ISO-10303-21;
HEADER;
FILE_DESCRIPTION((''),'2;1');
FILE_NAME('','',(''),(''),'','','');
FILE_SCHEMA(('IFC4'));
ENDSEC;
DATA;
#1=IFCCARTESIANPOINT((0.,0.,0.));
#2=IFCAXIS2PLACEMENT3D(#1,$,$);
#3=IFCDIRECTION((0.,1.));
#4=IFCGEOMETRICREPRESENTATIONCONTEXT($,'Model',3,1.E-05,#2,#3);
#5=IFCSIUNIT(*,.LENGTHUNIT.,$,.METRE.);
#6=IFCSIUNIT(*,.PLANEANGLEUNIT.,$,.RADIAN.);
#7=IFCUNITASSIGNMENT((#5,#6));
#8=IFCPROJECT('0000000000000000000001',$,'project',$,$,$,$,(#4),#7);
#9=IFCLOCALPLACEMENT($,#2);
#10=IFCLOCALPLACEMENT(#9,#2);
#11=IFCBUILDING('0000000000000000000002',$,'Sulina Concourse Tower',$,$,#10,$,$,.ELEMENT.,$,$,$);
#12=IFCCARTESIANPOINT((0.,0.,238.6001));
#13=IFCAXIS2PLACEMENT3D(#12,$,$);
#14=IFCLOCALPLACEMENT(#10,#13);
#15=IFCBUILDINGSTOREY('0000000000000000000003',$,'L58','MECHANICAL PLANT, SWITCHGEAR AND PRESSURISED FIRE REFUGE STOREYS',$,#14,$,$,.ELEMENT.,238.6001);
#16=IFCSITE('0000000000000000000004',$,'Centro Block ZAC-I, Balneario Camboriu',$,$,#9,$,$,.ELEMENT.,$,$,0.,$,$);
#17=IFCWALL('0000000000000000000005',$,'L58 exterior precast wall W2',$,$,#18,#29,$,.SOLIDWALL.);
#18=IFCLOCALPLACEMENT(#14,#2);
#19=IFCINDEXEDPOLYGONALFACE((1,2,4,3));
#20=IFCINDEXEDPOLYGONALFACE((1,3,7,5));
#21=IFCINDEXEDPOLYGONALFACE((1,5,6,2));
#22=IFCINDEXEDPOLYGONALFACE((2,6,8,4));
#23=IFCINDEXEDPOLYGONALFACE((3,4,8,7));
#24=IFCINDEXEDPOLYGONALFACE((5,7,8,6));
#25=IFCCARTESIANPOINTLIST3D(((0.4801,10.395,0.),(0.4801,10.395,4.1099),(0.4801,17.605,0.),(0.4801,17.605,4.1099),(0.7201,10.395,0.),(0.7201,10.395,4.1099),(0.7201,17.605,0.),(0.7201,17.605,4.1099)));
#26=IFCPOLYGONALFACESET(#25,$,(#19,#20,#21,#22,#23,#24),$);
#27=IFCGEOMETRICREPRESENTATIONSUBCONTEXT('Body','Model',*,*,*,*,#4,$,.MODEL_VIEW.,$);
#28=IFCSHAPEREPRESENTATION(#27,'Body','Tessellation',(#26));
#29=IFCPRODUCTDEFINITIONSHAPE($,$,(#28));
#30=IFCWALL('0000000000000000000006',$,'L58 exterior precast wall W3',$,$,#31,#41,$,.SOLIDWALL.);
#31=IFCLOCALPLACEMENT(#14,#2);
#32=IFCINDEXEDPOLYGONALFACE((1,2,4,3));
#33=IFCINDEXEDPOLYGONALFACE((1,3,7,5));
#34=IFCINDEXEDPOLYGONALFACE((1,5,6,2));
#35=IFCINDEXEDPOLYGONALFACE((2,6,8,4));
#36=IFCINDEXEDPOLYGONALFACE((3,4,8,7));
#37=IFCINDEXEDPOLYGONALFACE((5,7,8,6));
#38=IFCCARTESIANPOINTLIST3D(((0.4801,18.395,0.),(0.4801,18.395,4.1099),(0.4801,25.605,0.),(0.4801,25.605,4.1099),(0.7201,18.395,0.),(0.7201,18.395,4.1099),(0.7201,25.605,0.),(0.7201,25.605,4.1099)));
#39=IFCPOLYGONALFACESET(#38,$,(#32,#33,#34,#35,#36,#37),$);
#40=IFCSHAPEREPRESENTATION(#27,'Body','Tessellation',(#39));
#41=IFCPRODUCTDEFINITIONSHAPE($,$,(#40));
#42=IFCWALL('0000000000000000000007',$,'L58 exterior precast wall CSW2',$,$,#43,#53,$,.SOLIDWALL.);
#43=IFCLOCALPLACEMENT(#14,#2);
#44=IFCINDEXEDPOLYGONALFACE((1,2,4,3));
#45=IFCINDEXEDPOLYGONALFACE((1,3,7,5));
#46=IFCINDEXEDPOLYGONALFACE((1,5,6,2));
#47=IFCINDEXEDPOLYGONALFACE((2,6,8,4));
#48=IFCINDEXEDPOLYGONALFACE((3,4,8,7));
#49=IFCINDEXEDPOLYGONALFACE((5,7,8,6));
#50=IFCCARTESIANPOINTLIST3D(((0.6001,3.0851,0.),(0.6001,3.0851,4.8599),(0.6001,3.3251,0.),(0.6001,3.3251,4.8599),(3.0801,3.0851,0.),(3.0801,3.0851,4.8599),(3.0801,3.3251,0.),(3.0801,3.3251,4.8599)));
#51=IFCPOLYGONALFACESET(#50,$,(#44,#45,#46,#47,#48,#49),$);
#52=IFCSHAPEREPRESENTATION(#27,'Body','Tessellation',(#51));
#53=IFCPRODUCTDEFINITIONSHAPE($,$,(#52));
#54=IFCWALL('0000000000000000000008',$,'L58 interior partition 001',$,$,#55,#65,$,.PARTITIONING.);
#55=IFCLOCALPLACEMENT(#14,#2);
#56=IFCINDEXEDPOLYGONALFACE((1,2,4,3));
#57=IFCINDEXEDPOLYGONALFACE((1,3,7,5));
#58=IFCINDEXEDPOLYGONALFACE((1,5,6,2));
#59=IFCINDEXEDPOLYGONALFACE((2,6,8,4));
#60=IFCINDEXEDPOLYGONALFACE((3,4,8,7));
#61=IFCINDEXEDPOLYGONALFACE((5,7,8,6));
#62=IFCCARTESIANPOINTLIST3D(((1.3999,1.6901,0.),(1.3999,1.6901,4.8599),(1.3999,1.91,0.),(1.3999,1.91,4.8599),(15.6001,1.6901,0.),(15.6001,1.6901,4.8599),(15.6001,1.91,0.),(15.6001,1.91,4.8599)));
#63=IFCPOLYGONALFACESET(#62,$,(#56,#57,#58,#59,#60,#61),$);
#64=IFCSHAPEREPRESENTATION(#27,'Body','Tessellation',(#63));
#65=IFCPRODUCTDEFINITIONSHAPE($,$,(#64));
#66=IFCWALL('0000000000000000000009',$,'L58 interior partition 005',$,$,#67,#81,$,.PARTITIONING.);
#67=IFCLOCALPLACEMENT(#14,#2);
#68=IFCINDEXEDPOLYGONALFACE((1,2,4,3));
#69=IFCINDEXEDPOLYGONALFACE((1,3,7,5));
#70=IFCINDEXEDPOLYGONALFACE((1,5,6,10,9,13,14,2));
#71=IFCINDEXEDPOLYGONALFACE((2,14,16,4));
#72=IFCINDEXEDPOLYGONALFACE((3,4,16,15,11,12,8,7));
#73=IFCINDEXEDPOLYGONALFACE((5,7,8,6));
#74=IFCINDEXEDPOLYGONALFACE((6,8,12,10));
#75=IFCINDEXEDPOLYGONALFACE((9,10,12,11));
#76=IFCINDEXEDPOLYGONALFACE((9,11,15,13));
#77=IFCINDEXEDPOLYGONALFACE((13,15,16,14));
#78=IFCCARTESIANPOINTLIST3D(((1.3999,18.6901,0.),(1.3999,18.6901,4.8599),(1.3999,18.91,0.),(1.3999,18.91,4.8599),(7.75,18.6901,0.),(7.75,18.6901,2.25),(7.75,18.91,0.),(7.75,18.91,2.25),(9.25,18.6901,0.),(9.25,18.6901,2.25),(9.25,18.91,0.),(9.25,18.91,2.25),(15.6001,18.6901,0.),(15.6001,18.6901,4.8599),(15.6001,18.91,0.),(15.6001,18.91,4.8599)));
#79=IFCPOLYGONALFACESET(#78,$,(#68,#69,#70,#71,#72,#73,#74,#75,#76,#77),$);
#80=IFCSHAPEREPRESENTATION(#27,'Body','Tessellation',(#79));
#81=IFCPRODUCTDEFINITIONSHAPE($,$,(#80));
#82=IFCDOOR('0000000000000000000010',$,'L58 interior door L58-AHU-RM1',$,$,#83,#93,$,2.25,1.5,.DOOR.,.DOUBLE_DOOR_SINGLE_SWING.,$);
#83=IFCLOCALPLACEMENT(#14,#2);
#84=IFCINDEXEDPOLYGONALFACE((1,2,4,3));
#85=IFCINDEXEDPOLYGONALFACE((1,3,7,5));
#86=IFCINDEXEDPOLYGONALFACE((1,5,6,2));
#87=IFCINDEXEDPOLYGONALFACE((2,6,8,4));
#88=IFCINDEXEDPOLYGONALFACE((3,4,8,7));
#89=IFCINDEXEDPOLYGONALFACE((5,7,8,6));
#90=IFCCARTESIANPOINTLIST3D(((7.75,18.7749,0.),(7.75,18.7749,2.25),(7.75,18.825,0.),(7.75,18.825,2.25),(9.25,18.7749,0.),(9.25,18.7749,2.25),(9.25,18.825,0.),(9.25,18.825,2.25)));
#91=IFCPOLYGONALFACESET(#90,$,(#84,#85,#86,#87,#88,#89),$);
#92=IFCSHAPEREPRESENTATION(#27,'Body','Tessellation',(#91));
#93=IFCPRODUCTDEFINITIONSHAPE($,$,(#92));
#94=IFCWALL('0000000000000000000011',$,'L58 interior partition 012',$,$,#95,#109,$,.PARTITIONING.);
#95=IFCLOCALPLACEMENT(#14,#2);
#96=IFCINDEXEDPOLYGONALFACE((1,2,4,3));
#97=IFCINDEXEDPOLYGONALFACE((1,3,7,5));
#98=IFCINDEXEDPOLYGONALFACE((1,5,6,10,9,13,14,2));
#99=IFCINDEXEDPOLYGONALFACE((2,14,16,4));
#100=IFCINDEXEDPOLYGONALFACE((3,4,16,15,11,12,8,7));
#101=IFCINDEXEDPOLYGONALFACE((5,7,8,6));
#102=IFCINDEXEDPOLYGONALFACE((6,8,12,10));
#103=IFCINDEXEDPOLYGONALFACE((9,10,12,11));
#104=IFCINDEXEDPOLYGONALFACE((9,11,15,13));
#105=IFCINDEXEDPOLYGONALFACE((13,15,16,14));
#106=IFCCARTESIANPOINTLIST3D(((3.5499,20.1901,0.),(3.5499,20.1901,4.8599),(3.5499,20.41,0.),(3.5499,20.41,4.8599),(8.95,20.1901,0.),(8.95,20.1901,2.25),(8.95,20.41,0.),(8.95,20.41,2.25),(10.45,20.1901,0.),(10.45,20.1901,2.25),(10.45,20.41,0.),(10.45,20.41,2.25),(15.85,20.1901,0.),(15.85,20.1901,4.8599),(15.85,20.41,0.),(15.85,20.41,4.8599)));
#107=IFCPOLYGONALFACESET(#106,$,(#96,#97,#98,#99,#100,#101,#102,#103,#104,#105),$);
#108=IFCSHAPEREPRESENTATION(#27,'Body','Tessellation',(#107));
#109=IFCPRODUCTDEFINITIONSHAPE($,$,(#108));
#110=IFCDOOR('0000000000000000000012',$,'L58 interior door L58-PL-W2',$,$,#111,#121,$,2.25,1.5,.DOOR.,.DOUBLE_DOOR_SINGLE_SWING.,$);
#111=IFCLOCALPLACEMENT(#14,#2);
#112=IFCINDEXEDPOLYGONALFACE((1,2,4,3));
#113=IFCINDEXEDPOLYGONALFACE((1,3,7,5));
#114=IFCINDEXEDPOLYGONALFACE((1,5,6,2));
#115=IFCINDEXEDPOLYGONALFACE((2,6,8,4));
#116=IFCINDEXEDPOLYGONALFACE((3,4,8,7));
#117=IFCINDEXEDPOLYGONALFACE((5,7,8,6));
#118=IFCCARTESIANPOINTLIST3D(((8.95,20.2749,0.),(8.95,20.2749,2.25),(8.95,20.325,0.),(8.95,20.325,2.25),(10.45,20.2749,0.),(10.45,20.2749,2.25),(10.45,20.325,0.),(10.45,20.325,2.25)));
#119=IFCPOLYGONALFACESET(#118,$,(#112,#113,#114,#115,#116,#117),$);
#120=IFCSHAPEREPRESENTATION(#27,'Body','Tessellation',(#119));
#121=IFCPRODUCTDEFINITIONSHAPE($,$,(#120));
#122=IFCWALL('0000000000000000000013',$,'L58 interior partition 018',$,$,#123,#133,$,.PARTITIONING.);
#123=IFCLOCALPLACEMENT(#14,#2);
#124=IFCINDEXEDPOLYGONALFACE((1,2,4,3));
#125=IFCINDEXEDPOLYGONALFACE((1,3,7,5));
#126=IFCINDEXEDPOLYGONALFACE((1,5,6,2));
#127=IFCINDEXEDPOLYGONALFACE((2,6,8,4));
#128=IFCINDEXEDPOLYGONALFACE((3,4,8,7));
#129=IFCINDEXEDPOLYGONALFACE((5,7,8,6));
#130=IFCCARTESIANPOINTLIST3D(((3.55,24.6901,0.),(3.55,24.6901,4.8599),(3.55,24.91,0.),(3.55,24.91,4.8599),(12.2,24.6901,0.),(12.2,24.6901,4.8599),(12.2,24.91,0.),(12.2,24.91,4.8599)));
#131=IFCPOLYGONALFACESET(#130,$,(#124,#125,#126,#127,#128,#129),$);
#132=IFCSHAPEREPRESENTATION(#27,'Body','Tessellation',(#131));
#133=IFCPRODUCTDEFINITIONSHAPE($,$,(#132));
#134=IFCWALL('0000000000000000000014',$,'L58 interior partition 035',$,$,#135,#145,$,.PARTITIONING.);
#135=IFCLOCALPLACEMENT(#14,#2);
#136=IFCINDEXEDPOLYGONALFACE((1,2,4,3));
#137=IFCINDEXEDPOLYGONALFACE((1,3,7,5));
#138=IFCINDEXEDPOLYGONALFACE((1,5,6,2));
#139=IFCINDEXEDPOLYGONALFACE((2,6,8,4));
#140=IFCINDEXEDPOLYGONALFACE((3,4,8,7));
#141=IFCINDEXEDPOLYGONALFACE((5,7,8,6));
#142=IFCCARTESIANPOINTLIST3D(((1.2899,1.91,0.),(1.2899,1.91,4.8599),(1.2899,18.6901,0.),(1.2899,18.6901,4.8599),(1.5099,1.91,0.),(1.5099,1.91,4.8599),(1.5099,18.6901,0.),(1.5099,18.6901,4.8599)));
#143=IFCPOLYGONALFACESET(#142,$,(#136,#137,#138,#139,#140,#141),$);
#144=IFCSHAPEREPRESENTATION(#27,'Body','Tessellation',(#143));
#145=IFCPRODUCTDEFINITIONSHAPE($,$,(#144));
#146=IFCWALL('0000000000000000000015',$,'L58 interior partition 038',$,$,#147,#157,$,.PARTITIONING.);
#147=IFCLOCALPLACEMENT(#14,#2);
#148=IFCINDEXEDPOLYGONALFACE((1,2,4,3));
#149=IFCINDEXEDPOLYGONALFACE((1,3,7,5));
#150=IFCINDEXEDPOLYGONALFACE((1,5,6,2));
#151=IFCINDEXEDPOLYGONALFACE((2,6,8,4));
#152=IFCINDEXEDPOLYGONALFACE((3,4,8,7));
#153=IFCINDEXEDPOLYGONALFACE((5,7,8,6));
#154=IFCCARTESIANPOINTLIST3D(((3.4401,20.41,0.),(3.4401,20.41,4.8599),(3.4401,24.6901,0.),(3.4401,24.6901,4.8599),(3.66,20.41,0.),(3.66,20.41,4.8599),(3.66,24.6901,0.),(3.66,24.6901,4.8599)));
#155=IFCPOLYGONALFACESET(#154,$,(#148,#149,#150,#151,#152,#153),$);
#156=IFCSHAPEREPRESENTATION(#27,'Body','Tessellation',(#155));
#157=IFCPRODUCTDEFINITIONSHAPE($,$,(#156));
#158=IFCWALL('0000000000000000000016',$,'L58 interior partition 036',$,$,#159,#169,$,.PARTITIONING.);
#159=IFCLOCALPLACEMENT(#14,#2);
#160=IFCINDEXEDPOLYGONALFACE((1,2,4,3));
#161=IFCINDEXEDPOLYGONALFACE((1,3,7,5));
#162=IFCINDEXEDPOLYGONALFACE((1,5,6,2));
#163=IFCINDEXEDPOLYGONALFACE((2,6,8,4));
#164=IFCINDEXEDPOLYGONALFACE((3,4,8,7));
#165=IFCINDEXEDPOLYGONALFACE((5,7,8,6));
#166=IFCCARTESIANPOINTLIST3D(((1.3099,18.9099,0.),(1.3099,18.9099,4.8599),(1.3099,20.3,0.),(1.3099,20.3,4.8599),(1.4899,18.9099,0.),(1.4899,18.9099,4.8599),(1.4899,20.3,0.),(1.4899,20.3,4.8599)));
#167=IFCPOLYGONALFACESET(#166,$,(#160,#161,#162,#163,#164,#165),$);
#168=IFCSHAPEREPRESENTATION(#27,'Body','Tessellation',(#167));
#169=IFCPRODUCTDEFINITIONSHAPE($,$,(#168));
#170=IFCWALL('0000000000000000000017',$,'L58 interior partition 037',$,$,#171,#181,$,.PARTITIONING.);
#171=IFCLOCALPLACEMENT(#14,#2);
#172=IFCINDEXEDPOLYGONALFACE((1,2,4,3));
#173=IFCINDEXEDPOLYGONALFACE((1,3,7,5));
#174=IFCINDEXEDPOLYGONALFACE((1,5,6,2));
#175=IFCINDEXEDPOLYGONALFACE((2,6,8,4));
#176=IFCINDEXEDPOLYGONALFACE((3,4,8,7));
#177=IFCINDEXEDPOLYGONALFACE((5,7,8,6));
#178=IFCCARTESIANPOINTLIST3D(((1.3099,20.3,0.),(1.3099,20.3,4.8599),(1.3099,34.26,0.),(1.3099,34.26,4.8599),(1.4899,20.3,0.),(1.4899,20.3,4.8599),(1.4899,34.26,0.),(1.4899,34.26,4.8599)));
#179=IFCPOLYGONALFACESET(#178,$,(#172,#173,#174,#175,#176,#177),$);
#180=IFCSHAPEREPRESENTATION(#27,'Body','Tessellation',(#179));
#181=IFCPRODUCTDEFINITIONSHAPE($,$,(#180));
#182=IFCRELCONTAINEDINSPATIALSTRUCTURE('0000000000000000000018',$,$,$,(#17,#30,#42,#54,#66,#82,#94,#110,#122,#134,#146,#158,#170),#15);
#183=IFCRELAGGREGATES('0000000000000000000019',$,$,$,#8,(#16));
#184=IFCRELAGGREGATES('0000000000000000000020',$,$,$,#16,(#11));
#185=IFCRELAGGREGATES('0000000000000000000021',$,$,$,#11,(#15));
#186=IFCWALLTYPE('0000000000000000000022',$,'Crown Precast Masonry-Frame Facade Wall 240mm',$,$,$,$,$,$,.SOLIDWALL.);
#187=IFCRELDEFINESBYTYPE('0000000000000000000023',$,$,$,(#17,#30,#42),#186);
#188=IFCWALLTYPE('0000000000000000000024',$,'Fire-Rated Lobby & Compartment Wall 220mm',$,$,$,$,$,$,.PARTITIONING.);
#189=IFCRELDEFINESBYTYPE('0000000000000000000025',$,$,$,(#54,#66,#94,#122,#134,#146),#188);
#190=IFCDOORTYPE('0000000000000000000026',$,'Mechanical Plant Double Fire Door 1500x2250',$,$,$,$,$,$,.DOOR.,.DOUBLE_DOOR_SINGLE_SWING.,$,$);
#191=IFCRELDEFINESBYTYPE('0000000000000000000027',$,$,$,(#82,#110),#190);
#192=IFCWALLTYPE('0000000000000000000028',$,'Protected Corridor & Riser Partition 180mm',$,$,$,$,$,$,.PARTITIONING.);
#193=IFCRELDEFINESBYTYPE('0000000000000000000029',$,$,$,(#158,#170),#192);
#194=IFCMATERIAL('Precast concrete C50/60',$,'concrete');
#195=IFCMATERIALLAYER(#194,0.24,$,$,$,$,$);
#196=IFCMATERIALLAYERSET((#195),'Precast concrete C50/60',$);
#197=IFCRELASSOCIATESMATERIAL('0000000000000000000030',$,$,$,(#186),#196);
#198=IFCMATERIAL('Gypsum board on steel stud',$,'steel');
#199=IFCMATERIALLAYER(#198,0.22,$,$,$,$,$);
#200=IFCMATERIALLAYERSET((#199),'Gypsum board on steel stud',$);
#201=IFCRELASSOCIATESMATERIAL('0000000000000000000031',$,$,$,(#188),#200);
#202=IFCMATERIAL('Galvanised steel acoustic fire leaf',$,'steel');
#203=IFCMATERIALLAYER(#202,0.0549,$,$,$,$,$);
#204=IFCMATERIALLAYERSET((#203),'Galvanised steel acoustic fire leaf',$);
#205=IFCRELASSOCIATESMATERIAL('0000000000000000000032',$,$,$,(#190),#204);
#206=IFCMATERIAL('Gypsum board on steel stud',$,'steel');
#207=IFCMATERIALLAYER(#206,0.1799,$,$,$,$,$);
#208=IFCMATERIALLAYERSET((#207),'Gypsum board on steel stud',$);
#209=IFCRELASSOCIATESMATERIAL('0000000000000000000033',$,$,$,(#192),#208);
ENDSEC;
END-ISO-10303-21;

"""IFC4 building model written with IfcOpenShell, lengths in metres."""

from ifc_helpers import new_model, si_unit, direction, frame, frame_2d, origin, place, context, subcontext, project, spatial, rectangle, extrude, material, layer, layer_set, type_object, element, fill, save


model = new_model("IFC4")

# Units and contexts
model_context = context("Model", 3, precision=1e-05, world=origin(), true_north=direction((0.0, 1.0)))
body_context = subcontext(model_context, "Body", "Model", "MODEL_VIEW")
ifc_project = project(units=[si_unit("LENGTHUNIT", "METRE"), si_unit("PLANEANGLEUNIT", "RADIAN")], contexts=[model_context])

# Site, building, storey
site_placement = place(None, origin())
site = spatial("IfcSite", under=ifc_project, at=site_placement, Name="Centro Block ZAC-I, Balneario Camboriu", CompositionType="ELEMENT", RefElevation=0.0)
building_placement = place(site_placement, origin())
building = spatial("IfcBuilding", under=site, at=building_placement, Name="Sulina Concourse Tower", CompositionType="ELEMENT")
storey_placement = place(building_placement, frame((0.0, 0.0, 238.6001)))
storey = spatial("IfcBuildingStorey", under=building, at=storey_placement, Name="L58", Description="MECHANICAL PLANT, SWITCHGEAR AND PRESSURISED FIRE REFUGE STOREYS", CompositionType="ELEMENT", Elevation=238.6001)

# Walls
ifc_material_1 = material(Name="Precast concrete C50/60", Category="concrete")
ifc_layer_1 = layer(ifc_material_1, 0.24)
ifc_layer_set_1 = layer_set([ifc_layer_1], Name="Precast concrete C50/60")
wall_type_1 = type_object("IfcWallType", Name="Crown Precast Masonry-Frame Facade Wall 240mm", PredefinedType="SOLIDWALL", material=ifc_layer_set_1)
for number, where, z_axis, x_axis, name in (
    (1, (0.6001, 10.395, 0.0), (0.0, 0.0, 1.0), (0.0, 1.0, 0.0), "L58 exterior precast wall W2"),
    (2, (0.6001, 18.395, 0.0), (0.0, 0.0, 1.0), (0.0, 1.0, 0.0), "L58 exterior precast wall W3"),
):
    element("IfcWall", number, at=place(storey_placement, frame(where, z_axis=z_axis, x_axis=x_axis)), inside=storey, type_object=wall_type_1, Name=name, PredefinedType="SOLIDWALL", context=body_context, shape_type="SweptSolid", body=[
        extrude(rectangle(XDim=7.21, YDim=0.24, at=frame_2d((3.605, 0.0))), origin(), (0.0, 0.0, 1.0), 4.1099),
    ])
wall_1_placement = place(storey_placement, frame((3.0801, 3.2051, 0.0), z_axis=(0.0, 0.0, 1.0), x_axis=(-1.0, 0.0, 0.0)))
element("IfcWall", 3, at=wall_1_placement, inside=storey, type_object=wall_type_1, Name="L58 exterior precast wall CSW2", PredefinedType="SOLIDWALL", context=body_context, shape_type="SweptSolid", body=[
    extrude(rectangle(XDim=2.48, YDim=0.24, at=frame_2d((1.24, 0.0))), origin(), (0.0, 0.0, 1.0), 4.8599),
])
ifc_material_2 = material(Name="Gypsum board on steel stud", Category="steel")
ifc_layer_2 = layer(ifc_material_2, 0.22)
ifc_layer_set_2 = layer_set([ifc_layer_2], Name="Gypsum board on steel stud")
wall_type_2 = type_object("IfcWallType", Name="Fire-Rated Lobby & Compartment Wall 220mm", PredefinedType="PARTITIONING", material=ifc_layer_set_2)
wall_2_placement = place(storey_placement, frame((1.3999, 1.8, 0.0), z_axis=(0.0, 0.0, 1.0), x_axis=(1.0, 0.0, 0.0)))
element("IfcWall", 4, at=wall_2_placement, inside=storey, type_object=wall_type_2, Name="L58 interior partition 001", PredefinedType="PARTITIONING", context=body_context, shape_type="SweptSolid", body=[
    extrude(rectangle(XDim=14.2002, YDim=0.22, at=frame_2d((7.1001, 0.0))), origin(), (0.0, 0.0, 1.0), 4.8599),
])

# Walls, openings, doors
wall_3_placement = place(storey_placement, frame((1.3999, 18.8, 0.0), z_axis=(0.0, 0.0, 1.0), x_axis=(1.0, 0.0, 0.0)))
wall_3 = element("IfcWall", 5, at=wall_3_placement, inside=storey, type_object=wall_type_2, Name="L58 interior partition 005", PredefinedType="PARTITIONING", context=body_context, shape_type="SweptSolid", body=[
    extrude(rectangle(XDim=14.2002, YDim=0.22, at=frame_2d((7.1001, 0.0))), origin(), (0.0, 0.0, 1.0), 4.8599),
])
opening_1_placement = place(wall_3_placement, frame((6.3501, 0.0, 0.0)))
opening_1 = element("IfcOpeningElement", 6, at=opening_1_placement, cuts=wall_3, PredefinedType="OPENING", context=body_context, shape_type="SweptSolid", body=[
    extrude(rectangle(XDim=1.5, YDim=2.25, at=frame_2d((0.75, 1.125))), frame((0.0, 0.1199, 0.0), z_axis=(0.0, -1.0, 0.0), x_axis=(1.0, 0.0, 0.0)), (0.0, 0.0, 1.0), 0.24),
])
ifc_material_3 = material(Name="Galvanised steel acoustic fire leaf", Category="steel")
ifc_layer_3 = layer(ifc_material_3, 0.0549)
ifc_layer_set_3 = layer_set([ifc_layer_3], Name="Galvanised steel acoustic fire leaf")
door_type = type_object("IfcDoorType", Name="Mechanical Plant Double Fire Door 1500x2250", OperationType="DOUBLE_DOOR_SINGLE_SWING", PredefinedType="DOOR", material=ifc_layer_set_3)
door_1_placement = place(opening_1_placement, origin())
door_1 = element("IfcDoor", 7, at=door_1_placement, inside=storey, type_object=door_type, Name="L58 interior door L58-AHU-RM1", OperationType="DOUBLE_DOOR_SINGLE_SWING", OverallHeight=2.25, OverallWidth=1.5, PredefinedType="DOOR", context=body_context, shape_type="SweptSolid", body=[
    extrude(rectangle(XDim=1.5, YDim=2.25, at=frame_2d((0.75, 1.125))), frame((0.0, 0.0249, 0.0), z_axis=(0.0, -1.0, 0.0), x_axis=(1.0, 0.0, 0.0)), (0.0, 0.0, 1.0), 0.05),
])
fill(opening_1, door_1)
wall_4_placement = place(storey_placement, frame((3.55, 20.3, 0.0), z_axis=(0.0, 0.0, 1.0), x_axis=(1.0, 0.0, 0.0)))
wall_4 = element("IfcWall", 8, at=wall_4_placement, inside=storey, type_object=wall_type_2, Name="L58 interior partition 012", PredefinedType="PARTITIONING", context=body_context, shape_type="SweptSolid", body=[
    extrude(rectangle(XDim=12.3, YDim=0.22, at=frame_2d((6.1499, 0.0))), origin(), (0.0, 0.0, 1.0), 4.8599),
])
opening_2_placement = place(wall_4_placement, frame((5.3999, 0.0, 0.0)))
opening_2 = element("IfcOpeningElement", 9, at=opening_2_placement, cuts=wall_4, PredefinedType="OPENING", context=body_context, shape_type="SweptSolid", body=[
    extrude(rectangle(XDim=1.5, YDim=2.25, at=frame_2d((0.75, 1.125))), frame((0.0, 0.1199, 0.0), z_axis=(0.0, -1.0, 0.0), x_axis=(1.0, 0.0, 0.0)), (0.0, 0.0, 1.0), 0.24),
])
door_2_placement = place(opening_2_placement, origin())
door_2 = element("IfcDoor", 10, at=door_2_placement, inside=storey, type_object=door_type, Name="L58 interior door L58-PL-W2", OperationType="DOUBLE_DOOR_SINGLE_SWING", OverallHeight=2.25, OverallWidth=1.5, PredefinedType="DOOR", context=body_context, shape_type="SweptSolid", body=[
    extrude(rectangle(XDim=1.5, YDim=2.25, at=frame_2d((0.75, 1.125))), frame((0.0, 0.0249, 0.0), z_axis=(0.0, -1.0, 0.0), x_axis=(1.0, 0.0, 0.0)), (0.0, 0.0, 1.0), 0.05),
])
fill(opening_2, door_2)

# Walls
wall_5_placement = place(storey_placement, frame((3.55, 24.8, 0.0), z_axis=(0.0, 0.0, 1.0), x_axis=(1.0, 0.0, 0.0)))
element("IfcWall", 11, at=wall_5_placement, inside=storey, type_object=wall_type_2, Name="L58 interior partition 018", PredefinedType="PARTITIONING", context=body_context, shape_type="SweptSolid", body=[
    extrude(rectangle(XDim=8.6499, YDim=0.22, at=frame_2d((4.325, 0.0))), origin(), (0.0, 0.0, 1.0), 4.8599),
])
wall_6_placement = place(storey_placement, frame((1.3999, 1.9099, 0.0), z_axis=(0.0, 0.0, 1.0), x_axis=(0.0, 1.0, 0.0)))
element("IfcWall", 12, at=wall_6_placement, inside=storey, type_object=wall_type_2, Name="L58 interior partition 035", PredefinedType="PARTITIONING", context=body_context, shape_type="SweptSolid", body=[
    extrude(rectangle(XDim=16.78, YDim=0.22, at=frame_2d((8.3901, 0.0))), origin(), (0.0, 0.0, 1.0), 4.8599),
])
wall_7_placement = place(storey_placement, frame((3.55, 20.4099, 0.0), z_axis=(0.0, 0.0, 1.0), x_axis=(0.0, 1.0, 0.0)))
element("IfcWall", 13, at=wall_7_placement, inside=storey, type_object=wall_type_2, Name="L58 interior partition 038", PredefinedType="PARTITIONING", context=body_context, shape_type="SweptSolid", body=[
    extrude(rectangle(XDim=4.28, YDim=0.22, at=frame_2d((2.1401, 0.0))), origin(), (0.0, 0.0, 1.0), 4.8599),
])
ifc_material_4 = material(Name="Gypsum board on steel stud", Category="steel")
ifc_layer_4 = layer(ifc_material_4, 0.1799)
ifc_layer_set_4 = layer_set([ifc_layer_4], Name="Gypsum board on steel stud")
wall_type_3 = type_object("IfcWallType", Name="Protected Corridor & Riser Partition 180mm", PredefinedType="PARTITIONING", material=ifc_layer_set_4)
wall_8_placement = place(storey_placement, frame((1.3999, 18.9099, 0.0), z_axis=(0.0, 0.0, 1.0), x_axis=(0.0, 1.0, 0.0)))
element("IfcWall", 14, at=wall_8_placement, inside=storey, type_object=wall_type_3, Name="L58 interior partition 036", PredefinedType="PARTITIONING", context=body_context, shape_type="SweptSolid", body=[
    extrude(rectangle(XDim=1.3901, YDim=0.1799, at=frame_2d((0.6951, 0.0))), origin(), (0.0, 0.0, 1.0), 4.8599),
])
wall_9_placement = place(storey_placement, frame((1.3999, 20.3, 0.0), z_axis=(0.0, 0.0, 1.0), x_axis=(0.0, 1.0, 0.0)))
element("IfcWall", 15, at=wall_9_placement, inside=storey, type_object=wall_type_3, Name="L58 interior partition 037", PredefinedType="PARTITIONING", context=body_context, shape_type="SweptSolid", body=[
    extrude(rectangle(XDim=13.96, YDim=0.1799, at=frame_2d((6.98, 0.0))), origin(), (0.0, 0.0, 1.0), 4.8599),
])

save(model, "model.ifc")
